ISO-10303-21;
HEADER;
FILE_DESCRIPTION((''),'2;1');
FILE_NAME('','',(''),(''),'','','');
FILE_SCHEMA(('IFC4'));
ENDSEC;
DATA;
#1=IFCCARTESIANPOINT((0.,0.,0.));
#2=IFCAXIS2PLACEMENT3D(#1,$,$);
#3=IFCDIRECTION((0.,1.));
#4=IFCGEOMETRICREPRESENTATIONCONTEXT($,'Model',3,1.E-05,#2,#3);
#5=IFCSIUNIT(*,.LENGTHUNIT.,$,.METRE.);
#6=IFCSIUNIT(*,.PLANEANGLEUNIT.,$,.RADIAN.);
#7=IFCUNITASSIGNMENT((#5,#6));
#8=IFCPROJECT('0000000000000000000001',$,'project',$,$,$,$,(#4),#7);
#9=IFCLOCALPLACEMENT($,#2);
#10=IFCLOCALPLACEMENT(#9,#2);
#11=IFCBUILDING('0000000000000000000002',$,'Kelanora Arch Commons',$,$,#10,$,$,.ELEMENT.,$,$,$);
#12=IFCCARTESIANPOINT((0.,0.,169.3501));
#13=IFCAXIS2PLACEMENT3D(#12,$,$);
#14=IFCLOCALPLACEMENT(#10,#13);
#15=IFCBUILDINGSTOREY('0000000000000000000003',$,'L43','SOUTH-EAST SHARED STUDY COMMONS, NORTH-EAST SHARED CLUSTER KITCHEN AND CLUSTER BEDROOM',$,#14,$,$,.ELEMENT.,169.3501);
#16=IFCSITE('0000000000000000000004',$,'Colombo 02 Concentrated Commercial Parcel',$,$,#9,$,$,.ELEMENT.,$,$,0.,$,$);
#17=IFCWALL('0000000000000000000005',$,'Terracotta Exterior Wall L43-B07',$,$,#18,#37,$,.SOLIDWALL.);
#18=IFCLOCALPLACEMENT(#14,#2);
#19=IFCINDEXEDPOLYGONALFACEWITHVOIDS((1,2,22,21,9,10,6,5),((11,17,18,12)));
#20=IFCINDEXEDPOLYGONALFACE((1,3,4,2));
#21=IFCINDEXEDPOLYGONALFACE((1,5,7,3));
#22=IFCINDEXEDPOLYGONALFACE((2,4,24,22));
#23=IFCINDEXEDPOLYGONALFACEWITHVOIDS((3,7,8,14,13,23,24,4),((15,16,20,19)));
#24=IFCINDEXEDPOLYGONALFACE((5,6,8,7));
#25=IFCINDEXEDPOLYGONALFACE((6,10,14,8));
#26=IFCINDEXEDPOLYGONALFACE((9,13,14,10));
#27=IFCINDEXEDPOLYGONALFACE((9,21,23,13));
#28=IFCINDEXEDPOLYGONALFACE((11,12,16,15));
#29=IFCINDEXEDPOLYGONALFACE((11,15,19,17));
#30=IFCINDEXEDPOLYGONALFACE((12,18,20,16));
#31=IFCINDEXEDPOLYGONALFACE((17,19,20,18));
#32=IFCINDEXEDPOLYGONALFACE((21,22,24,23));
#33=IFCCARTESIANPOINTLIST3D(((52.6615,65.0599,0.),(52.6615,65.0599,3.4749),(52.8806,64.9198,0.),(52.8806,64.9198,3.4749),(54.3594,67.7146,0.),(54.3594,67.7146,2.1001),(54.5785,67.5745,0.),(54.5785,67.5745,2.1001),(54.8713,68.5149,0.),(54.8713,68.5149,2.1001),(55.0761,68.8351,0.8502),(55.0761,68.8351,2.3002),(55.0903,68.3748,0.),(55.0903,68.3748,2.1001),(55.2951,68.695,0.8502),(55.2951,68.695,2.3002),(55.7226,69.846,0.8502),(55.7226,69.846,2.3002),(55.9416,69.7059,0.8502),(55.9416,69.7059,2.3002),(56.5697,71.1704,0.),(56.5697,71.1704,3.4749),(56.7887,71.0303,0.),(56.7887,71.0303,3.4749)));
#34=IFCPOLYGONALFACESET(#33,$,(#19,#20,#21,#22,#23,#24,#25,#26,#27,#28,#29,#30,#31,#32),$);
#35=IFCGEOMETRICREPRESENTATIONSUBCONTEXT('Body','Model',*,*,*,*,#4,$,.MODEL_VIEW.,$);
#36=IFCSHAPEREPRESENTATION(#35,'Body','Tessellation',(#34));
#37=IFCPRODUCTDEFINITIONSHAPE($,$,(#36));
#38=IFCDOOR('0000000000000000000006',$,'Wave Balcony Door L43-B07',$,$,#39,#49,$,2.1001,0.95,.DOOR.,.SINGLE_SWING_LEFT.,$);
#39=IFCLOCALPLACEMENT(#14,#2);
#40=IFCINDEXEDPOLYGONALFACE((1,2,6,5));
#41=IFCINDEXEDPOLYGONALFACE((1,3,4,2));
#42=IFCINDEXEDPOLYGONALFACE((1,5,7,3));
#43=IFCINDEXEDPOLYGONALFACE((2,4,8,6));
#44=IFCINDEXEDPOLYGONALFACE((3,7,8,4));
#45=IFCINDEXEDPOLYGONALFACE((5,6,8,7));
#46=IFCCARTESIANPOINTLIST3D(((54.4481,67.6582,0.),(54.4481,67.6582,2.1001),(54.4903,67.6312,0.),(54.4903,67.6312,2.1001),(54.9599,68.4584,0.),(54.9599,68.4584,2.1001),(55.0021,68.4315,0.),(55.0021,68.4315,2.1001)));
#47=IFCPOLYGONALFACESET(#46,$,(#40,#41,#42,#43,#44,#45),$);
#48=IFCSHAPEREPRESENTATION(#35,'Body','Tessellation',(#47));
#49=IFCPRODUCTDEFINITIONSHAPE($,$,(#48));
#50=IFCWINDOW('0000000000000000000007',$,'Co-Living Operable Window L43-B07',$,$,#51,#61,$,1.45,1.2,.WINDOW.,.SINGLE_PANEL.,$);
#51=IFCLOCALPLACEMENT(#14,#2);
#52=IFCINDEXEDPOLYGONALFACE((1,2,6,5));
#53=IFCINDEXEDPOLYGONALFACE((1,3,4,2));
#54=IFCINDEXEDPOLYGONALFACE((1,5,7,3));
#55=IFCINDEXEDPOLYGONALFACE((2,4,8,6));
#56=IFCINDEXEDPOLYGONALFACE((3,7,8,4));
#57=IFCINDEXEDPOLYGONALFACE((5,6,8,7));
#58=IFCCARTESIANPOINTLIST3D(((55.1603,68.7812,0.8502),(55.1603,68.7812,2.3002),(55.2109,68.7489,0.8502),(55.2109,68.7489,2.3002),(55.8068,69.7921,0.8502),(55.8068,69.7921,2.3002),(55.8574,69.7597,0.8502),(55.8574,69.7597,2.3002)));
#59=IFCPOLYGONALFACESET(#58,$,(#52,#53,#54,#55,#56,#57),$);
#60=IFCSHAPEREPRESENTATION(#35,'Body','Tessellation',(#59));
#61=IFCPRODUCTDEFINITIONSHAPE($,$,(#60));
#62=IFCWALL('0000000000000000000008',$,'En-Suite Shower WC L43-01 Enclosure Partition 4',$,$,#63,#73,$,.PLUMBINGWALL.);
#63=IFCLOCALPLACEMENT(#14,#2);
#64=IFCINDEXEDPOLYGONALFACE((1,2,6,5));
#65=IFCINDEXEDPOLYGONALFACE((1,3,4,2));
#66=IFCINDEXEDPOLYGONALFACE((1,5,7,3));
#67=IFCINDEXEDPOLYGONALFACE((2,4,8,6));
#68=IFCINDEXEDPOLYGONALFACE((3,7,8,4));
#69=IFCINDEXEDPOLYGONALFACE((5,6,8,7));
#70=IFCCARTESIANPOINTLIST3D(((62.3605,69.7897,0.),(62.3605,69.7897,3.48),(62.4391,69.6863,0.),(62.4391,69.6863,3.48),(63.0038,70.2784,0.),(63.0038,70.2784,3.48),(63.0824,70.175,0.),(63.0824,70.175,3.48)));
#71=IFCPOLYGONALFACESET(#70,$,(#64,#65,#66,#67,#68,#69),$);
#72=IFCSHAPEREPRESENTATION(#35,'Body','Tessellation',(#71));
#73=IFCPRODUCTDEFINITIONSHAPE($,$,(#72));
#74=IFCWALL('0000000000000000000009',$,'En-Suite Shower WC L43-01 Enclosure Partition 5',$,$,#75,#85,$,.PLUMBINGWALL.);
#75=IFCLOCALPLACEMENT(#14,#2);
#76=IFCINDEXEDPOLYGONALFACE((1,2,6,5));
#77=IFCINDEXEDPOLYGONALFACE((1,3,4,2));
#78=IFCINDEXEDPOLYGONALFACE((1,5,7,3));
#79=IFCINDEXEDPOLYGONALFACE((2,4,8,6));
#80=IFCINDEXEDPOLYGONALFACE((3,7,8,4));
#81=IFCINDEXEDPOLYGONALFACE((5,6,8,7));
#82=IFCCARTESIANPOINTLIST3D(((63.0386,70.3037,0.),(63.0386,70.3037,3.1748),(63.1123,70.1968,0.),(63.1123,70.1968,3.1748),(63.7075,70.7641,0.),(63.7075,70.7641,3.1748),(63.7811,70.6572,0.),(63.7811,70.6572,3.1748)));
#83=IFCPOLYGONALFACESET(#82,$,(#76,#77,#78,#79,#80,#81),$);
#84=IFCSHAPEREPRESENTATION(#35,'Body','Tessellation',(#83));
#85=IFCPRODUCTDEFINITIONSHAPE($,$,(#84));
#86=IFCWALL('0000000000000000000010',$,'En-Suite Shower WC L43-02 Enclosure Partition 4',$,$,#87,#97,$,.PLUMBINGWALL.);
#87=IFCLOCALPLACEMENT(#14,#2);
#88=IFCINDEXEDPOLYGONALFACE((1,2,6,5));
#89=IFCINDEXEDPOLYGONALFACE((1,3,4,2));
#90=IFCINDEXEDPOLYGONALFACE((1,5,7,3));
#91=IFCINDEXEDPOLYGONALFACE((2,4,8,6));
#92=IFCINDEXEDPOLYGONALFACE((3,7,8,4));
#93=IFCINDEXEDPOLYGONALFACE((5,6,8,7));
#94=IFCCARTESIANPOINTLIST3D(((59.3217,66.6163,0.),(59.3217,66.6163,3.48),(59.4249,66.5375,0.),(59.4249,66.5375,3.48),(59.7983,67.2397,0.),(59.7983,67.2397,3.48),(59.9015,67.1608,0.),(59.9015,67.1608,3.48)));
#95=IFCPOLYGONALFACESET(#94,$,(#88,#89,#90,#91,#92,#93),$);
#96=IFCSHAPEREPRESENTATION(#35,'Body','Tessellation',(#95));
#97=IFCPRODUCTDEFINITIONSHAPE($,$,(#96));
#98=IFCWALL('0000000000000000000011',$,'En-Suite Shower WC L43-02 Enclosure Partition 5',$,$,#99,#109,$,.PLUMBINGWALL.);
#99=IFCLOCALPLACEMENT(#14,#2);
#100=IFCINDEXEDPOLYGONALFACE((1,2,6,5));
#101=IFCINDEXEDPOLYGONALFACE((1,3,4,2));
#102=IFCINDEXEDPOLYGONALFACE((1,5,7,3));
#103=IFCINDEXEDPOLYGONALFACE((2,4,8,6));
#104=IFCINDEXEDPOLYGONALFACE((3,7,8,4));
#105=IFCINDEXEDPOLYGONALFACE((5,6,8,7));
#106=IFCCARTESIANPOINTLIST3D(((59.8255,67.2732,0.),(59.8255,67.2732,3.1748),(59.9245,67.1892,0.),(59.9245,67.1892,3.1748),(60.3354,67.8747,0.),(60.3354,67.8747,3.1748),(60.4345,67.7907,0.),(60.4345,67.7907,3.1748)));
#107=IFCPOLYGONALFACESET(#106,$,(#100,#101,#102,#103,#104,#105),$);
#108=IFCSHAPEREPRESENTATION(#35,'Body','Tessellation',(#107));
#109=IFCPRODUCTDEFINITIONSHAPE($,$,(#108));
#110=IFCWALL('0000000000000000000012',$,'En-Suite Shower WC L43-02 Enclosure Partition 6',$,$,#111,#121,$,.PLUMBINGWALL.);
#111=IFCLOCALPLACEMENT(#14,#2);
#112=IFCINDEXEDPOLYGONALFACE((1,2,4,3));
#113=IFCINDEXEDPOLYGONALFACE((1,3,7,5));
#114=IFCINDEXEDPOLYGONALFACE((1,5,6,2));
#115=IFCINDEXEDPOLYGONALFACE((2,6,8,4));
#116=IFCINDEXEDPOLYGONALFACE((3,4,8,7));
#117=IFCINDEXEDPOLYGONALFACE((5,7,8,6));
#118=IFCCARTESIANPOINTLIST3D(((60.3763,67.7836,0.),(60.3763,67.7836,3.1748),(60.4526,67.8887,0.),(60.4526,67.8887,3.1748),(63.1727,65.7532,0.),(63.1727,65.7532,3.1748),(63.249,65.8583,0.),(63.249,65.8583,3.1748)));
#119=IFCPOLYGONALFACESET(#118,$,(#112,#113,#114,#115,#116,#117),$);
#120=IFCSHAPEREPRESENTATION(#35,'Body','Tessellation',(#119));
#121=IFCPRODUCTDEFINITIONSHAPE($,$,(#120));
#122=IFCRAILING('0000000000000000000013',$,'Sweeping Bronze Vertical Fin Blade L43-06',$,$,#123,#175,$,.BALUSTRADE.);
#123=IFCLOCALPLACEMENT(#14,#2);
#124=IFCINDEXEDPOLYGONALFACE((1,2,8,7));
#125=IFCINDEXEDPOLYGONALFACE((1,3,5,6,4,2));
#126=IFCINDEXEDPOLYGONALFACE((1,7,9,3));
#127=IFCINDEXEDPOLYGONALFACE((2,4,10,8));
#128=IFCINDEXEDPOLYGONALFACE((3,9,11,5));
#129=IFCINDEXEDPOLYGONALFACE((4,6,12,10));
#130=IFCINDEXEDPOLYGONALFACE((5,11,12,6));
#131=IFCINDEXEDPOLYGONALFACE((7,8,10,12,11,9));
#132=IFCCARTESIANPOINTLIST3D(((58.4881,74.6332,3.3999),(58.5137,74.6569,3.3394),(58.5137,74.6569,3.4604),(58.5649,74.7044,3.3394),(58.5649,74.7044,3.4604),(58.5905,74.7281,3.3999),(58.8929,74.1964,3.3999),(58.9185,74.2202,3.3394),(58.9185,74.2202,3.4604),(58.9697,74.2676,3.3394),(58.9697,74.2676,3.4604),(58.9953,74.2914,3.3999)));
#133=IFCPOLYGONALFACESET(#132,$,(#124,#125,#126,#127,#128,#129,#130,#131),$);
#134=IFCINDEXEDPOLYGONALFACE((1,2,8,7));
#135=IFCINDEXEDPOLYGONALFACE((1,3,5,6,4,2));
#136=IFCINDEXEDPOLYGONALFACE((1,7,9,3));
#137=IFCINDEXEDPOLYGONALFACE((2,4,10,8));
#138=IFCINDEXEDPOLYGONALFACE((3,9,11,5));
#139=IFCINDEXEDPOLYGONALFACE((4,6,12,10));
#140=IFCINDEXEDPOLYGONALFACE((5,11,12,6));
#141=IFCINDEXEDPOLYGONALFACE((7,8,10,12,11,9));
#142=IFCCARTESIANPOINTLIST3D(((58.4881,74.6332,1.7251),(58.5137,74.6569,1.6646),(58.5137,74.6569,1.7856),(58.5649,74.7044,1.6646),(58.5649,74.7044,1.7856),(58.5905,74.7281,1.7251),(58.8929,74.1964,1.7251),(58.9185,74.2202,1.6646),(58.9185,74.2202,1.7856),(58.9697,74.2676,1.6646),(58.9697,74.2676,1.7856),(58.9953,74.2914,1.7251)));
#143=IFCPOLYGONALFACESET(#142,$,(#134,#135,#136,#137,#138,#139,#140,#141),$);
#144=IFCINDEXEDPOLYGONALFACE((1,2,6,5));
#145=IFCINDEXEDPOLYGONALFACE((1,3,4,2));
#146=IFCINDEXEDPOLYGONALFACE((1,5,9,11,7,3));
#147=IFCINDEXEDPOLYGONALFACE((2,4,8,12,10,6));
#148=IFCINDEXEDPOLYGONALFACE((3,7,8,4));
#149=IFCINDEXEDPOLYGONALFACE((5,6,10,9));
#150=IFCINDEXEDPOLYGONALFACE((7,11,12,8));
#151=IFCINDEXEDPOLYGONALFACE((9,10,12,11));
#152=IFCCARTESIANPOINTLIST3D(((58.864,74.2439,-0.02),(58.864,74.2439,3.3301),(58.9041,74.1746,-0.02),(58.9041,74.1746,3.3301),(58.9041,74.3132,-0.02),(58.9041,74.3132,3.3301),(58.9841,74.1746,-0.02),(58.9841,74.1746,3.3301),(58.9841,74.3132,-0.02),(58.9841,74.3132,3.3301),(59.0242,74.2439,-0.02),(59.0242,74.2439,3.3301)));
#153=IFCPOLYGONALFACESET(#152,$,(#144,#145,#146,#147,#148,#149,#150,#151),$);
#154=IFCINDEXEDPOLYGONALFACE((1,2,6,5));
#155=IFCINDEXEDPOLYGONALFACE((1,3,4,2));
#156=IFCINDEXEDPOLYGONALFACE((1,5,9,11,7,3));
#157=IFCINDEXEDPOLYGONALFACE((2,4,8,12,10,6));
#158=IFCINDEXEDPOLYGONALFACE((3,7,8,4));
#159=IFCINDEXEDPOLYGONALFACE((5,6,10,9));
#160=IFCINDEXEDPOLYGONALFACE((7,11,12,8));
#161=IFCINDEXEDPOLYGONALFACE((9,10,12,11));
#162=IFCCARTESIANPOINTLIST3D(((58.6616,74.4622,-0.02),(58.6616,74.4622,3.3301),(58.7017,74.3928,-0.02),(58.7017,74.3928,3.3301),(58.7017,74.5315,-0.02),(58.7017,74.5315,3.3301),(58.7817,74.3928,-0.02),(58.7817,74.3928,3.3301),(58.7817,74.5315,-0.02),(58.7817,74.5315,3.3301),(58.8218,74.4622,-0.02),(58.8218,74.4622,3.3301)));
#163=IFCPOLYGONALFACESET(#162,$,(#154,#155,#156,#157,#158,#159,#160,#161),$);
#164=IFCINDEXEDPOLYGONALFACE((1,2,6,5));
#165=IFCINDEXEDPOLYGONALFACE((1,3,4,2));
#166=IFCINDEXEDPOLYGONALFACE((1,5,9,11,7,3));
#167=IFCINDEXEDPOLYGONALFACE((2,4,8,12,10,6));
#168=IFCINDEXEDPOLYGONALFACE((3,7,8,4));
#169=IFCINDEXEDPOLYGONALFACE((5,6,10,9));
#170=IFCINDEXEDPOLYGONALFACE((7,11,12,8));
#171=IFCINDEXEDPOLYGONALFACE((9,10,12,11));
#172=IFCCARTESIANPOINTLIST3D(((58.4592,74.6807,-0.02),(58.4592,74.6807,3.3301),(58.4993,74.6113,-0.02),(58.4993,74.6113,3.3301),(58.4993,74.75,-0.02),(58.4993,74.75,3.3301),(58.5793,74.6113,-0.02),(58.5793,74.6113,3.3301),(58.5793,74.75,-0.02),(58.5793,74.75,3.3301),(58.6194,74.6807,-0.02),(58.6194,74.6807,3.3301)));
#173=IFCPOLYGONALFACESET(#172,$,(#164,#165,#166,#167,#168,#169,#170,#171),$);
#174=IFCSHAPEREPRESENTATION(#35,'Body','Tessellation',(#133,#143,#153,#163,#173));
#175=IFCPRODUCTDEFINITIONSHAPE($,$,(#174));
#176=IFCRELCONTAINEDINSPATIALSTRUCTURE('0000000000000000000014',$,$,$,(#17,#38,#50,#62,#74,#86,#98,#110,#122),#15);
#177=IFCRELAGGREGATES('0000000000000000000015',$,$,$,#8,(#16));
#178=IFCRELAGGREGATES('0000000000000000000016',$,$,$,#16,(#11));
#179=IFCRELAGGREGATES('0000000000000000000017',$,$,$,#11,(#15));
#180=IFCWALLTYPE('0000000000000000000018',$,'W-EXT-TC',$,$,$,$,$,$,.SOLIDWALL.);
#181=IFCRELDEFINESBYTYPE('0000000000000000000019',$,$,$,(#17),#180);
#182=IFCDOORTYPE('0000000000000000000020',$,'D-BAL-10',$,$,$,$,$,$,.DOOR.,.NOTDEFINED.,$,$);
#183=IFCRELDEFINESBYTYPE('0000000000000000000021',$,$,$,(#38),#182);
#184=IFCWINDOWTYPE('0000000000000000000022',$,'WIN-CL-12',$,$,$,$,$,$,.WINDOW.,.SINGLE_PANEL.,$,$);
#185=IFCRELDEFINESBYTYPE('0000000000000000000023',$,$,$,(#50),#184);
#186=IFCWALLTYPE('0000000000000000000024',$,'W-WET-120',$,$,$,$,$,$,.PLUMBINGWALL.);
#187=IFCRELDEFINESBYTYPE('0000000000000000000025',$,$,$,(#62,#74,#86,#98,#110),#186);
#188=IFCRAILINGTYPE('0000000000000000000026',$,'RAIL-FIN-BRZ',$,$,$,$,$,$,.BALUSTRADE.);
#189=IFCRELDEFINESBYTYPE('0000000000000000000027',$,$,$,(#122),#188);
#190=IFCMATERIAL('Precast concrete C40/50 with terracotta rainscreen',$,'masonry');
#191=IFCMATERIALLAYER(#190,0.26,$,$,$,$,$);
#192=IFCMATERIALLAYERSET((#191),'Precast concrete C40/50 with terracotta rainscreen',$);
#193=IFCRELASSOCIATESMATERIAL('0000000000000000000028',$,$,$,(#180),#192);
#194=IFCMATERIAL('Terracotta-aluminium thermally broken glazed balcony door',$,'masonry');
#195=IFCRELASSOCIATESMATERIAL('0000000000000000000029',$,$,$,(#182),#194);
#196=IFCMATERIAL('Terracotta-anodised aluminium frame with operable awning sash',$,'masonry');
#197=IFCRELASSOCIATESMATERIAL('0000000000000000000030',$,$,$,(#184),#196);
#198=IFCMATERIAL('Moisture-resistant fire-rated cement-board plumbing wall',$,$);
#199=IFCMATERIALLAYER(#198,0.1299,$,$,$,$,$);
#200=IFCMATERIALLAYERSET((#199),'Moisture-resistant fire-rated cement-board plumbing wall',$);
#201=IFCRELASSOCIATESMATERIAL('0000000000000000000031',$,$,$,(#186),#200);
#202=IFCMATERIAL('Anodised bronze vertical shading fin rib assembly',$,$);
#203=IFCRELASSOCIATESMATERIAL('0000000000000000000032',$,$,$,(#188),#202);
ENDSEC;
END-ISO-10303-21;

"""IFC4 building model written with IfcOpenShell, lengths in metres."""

from ifc_helpers import new_model, si_unit, direction, frame, frame_2d, origin, place, context, subcontext, project, spatial, polyline, rectangle, outline, extrude, material, layer, layer_set, type_object, element, fill, save


model = new_model("IFC4")

# Units and contexts
model_context = context("Model", 3, precision=1e-05, world=origin(), true_north=direction((0.0, 1.0)))
body_context = subcontext(model_context, "Body", "Model", "MODEL_VIEW")
ifc_project = project(units=[si_unit("LENGTHUNIT", "METRE"), si_unit("PLANEANGLEUNIT", "RADIAN")], contexts=[model_context])

# Site, building, storey
site_placement = place(None, origin())
site = spatial("IfcSite", under=ifc_project, at=site_placement, Name="Colombo 02 Concentrated Commercial Parcel", CompositionType="ELEMENT", RefElevation=0.0)
building_placement = place(site_placement, origin())
building = spatial("IfcBuilding", under=site, at=building_placement, Name="Kelanora Arch Commons", CompositionType="ELEMENT")
storey_placement = place(building_placement, frame((0.0, 0.0, 169.3501)))
storey = spatial("IfcBuildingStorey", under=building, at=storey_placement, Name="L43", Description="SOUTH-EAST SHARED STUDY COMMONS, NORTH-EAST SHARED CLUSTER KITCHEN AND CLUSTER BEDROOM", CompositionType="ELEMENT", Elevation=169.3501)

# Shared definitions
ifc_material_1 = material(Name="Precast concrete C40/50 with terracotta rainscreen", Category="masonry")
ifc_layer_1 = layer(ifc_material_1, 0.26)
ifc_layer_set_1 = layer_set([ifc_layer_1], Name="Precast concrete C40/50 with terracotta rainscreen")
wall_type_1 = type_object("IfcWallType", Name="W-EXT-TC", PredefinedType="SOLIDWALL", material=ifc_layer_set_1)

# Wall, openings, door, window
wall_1_placement = place(storey_placement, frame((56.6792, 71.1003, 0.0), z_axis=(0.0, 0.0, 1.0), x_axis=(-0.538802, -0.842433, 0.0)))
wall_1 = element("IfcWall", 1, at=wall_1_placement, inside=storey, type_object=wall_type_1, Name="Terracotta Exterior Wall L43-B07", PredefinedType="SOLIDWALL", context=body_context, shape_type="SweptSolid", body=[
    extrude(rectangle(XDim=7.2534, YDim=0.26, at=frame_2d((3.6267, 0.0))), origin(), (0.0, 0.0, 1.0), 3.4749),
])
opening_1_placement = place(wall_1_placement, frame((3.1521, 0.0, 0.0)))
opening_1 = element("IfcOpeningElement", 2, at=opening_1_placement, cuts=wall_1, PredefinedType="OPENING", context=body_context, shape_type="SweptSolid", body=[
    extrude(rectangle(XDim=0.95, YDim=2.1001, at=frame_2d((0.4751, 1.05))), frame((0.0, 0.1401, 0.0), z_axis=(0.0, -1.0, 0.0), x_axis=(1.0, 0.0, 0.0)), (0.0, 0.0, 1.0), 0.28),
])
opening_2_placement = place(wall_1_placement, frame((1.572, 0.0, 0.8501)))
opening_2 = element("IfcOpeningElement", 3, at=opening_2_placement, cuts=wall_1, PredefinedType="OPENING", context=body_context, shape_type="SweptSolid", body=[
    extrude(rectangle(XDim=1.2, YDim=1.45, at=frame_2d((0.6001, 0.7251))), frame((0.0, 0.1401, 0.0), z_axis=(0.0, -1.0, 0.0), x_axis=(1.0, 0.0, 0.0)), (0.0, 0.0, 1.0), 0.28),
])
ifc_material_2 = material(Name="Terracotta-aluminium thermally broken glazed balcony door", Category="masonry")
door_type = type_object("IfcDoorType", Name="D-BAL-10", OperationType="NOTDEFINED", PredefinedType="DOOR", material=ifc_material_2)
door_placement = place(opening_1_placement, frame((0.95, 0.0, 0.0), z_axis=(0.0, 0.0, 1.0), x_axis=(-1.0, 0.0, 0.0)))
door = element("IfcDoor", 4, at=door_placement, inside=storey, type_object=door_type, Name="Wave Balcony Door L43-B07", OperationType="SINGLE_SWING_LEFT", OverallHeight=2.1001, OverallWidth=0.95, PredefinedType="DOOR", context=body_context, shape_type="SweptSolid", body=[
    extrude(rectangle(XDim=0.95, YDim=2.1001, at=frame_2d((0.4751, 1.05))), frame((0.0, 0.0249, 0.0), z_axis=(0.0, -1.0, 0.0), x_axis=(1.0, 0.0, 0.0)), (0.0, 0.0, 1.0), 0.05),
])
fill(opening_1, door)
ifc_material_3 = material(Name="Terracotta-anodised aluminium frame with operable awning sash", Category="masonry")
window_type_1 = type_object("IfcWindowType", Name="WIN-CL-12", PartitioningType="SINGLE_PANEL", PredefinedType="WINDOW", material=ifc_material_3)
window_1_placement = place(opening_2_placement, origin())
window_1 = element("IfcWindow", 5, at=window_1_placement, inside=storey, type_object=window_type_1, Name="Co-Living Operable Window L43-B07", OverallHeight=1.45, OverallWidth=1.2, PartitioningType="SINGLE_PANEL", PredefinedType="WINDOW", context=body_context, shape_type="SweptSolid", body=[
    extrude(rectangle(XDim=1.2, YDim=1.45, at=frame_2d((0.6001, 0.7251))), frame((0.0, 0.03, 0.0), z_axis=(0.0, -1.0, 0.0), x_axis=(1.0, 0.0, 0.0)), (0.0, 0.0, 1.0), 0.0601),
])
fill(opening_2, window_1)

# Walls
ifc_material_4 = material(Name="Moisture-resistant fire-rated cement-board plumbing wall")
ifc_layer_2 = layer(ifc_material_4, 0.1299)
ifc_layer_set_2 = layer_set([ifc_layer_2], Name="Moisture-resistant fire-rated cement-board plumbing wall")
wall_type_2 = type_object("IfcWallType", Name="W-WET-120", PredefinedType="PLUMBINGWALL", material=ifc_layer_set_2)
wall_2_placement = place(storey_placement, frame((62.3999, 69.738, 0.0), z_axis=(0.0, 0.0, 1.0), x_axis=(0.79625, 0.604968, 0.0)))
element("IfcWall", 6, at=wall_2_placement, inside=storey, type_object=wall_type_2, Name="En-Suite Shower WC L43-01 Enclosure Partition 4", PredefinedType="PLUMBINGWALL", context=body_context, shape_type="SweptSolid", body=[
    extrude(rectangle(XDim=0.8079, YDim=0.1299, at=frame_2d((0.4038, 0.0))), origin(), (0.0, 0.0, 1.0), 3.48),
])
wall_3_placement = place(storey_placement, frame((63.0754, 70.2502, 0.0), z_axis=(0.0, 0.0, 1.0), x_axis=(0.823726, 0.566988, 0.0)))
element("IfcWall", 7, at=wall_3_placement, inside=storey, type_object=wall_type_2, Name="En-Suite Shower WC L43-01 Enclosure Partition 5", PredefinedType="PLUMBINGWALL", context=body_context, shape_type="SweptSolid", body=[
    extrude(rectangle(XDim=0.812, YDim=0.1299, at=frame_2d((0.406, 0.0))), origin(), (0.0, 0.0, 1.0), 3.1748),
])
wall_4_placement = place(storey_placement, frame((59.3733, 66.5769, 0.0), z_axis=(0.0, 0.0, 1.0), x_axis=(0.607392, 0.794402, 0.0)))
element("IfcWall", 8, at=wall_4_placement, inside=storey, type_object=wall_type_2, Name="En-Suite Shower WC L43-02 Enclosure Partition 4", PredefinedType="PLUMBINGWALL", context=body_context, shape_type="SweptSolid", body=[
    extrude(rectangle(XDim=0.7847, YDim=0.1299, at=frame_2d((0.3923, 0.0))), origin(), (0.0, 0.0, 1.0), 3.48),
])
wall_5_placement = place(storey_placement, frame((59.875, 67.2312, 0.0), z_axis=(0.0, 0.0, 1.0), x_axis=(0.646677, 0.762764, 0.0)))
element("IfcWall", 9, at=wall_5_placement, inside=storey, type_object=wall_type_2, Name="En-Suite Shower WC L43-02 Enclosure Partition 5", PredefinedType="PLUMBINGWALL", context=body_context, shape_type="SweptSolid", body=[
    extrude(rectangle(XDim=0.7886, YDim=0.1299, at=frame_2d((0.3943, 0.0))), origin(), (0.0, 0.0, 1.0), 3.1748),
])
wall_6_placement = place(storey_placement, frame((60.4143, 67.8362, 0.0), z_axis=(0.0, 0.0, 1.0), x_axis=(0.809212, -0.587516, 0.0)))
element("IfcWall", 10, at=wall_6_placement, inside=storey, type_object=wall_type_2, Name="En-Suite Shower WC L43-02 Enclosure Partition 6", PredefinedType="PLUMBINGWALL", context=body_context, shape_type="SweptSolid", body=[
    extrude(rectangle(XDim=3.4558, YDim=0.1299, at=frame_2d((1.728, 0.0))), origin(), (0.0, 0.0, 1.0), 3.1748),
])

# Railing
ifc_material_5 = material(Name="Anodised bronze vertical shading fin rib assembly")
railing_type = type_object("IfcRailingType", Name="RAIL-FIN-BRZ", PredefinedType="BALUSTRADE", material=ifc_material_5)
railing_1_placement = place(storey_placement, frame((58.9441, 74.2439, -0.02)))
element("IfcRailing", 11, at=railing_1_placement, inside=storey, type_object=railing_type, Name="Sweeping Bronze Vertical Fin Blade L43-06", PredefinedType="BALUSTRADE", context=body_context, shape_type="SweptSolid", body=[
    extrude(outline(polyline([(0.0698, 0.0), (0.0349, 0.0605), (-0.0349, 0.0605), (-0.0698, 0.0), (-0.0349, -0.0605), (0.0349, -0.0605), (0.0698, 0.0)])), frame((0.0, 0.0, 3.4199), z_axis=(-0.679743, 0.73345, 0.0), x_axis=(-0.73345, -0.679743, 0.0)), (0.0, 0.0, 1.0), 0.5955),
    extrude(outline(polyline([(0.0698, 0.0), (0.0349, 0.0605), (-0.0349, 0.0605), (-0.0698, 0.0), (-0.0349, -0.0605), (0.0349, -0.0605), (0.0698, 0.0)])), frame((0.0, 0.0, 1.7451), z_axis=(-0.679743, 0.73345, 0.0), x_axis=(-0.73345, -0.679743, 0.0)), (0.0, 0.0, 1.0), 0.5955),
    extrude(outline(polyline([(0.0801, 0.0), (0.04, 0.0693), (-0.04, 0.0693), (-0.0801, 0.0), (-0.04, -0.0693), (0.04, -0.0693), (0.0801, 0.0)])), origin(), (0.0, 0.0, 1.0), 3.3501),
    extrude(outline(polyline([(0.0801, 0.0), (0.04, 0.0693), (-0.04, 0.0693), (-0.0801, 0.0), (-0.04, -0.0693), (0.04, -0.0693), (0.0801, 0.0)])), frame((-0.2024, 0.2183, 0.0)), (0.0, 0.0, 1.0), 3.3501),
    extrude(outline(polyline([(0.0801, 0.0), (0.04, 0.0693), (-0.04, 0.0693), (-0.0801, 0.0), (-0.04, -0.0693), (0.04, -0.0693), (0.0801, 0.0)])), frame((-0.4048, 0.4368, 0.0)), (0.0, 0.0, 1.0), 3.3501),
])

save(model, "model.ifc")
